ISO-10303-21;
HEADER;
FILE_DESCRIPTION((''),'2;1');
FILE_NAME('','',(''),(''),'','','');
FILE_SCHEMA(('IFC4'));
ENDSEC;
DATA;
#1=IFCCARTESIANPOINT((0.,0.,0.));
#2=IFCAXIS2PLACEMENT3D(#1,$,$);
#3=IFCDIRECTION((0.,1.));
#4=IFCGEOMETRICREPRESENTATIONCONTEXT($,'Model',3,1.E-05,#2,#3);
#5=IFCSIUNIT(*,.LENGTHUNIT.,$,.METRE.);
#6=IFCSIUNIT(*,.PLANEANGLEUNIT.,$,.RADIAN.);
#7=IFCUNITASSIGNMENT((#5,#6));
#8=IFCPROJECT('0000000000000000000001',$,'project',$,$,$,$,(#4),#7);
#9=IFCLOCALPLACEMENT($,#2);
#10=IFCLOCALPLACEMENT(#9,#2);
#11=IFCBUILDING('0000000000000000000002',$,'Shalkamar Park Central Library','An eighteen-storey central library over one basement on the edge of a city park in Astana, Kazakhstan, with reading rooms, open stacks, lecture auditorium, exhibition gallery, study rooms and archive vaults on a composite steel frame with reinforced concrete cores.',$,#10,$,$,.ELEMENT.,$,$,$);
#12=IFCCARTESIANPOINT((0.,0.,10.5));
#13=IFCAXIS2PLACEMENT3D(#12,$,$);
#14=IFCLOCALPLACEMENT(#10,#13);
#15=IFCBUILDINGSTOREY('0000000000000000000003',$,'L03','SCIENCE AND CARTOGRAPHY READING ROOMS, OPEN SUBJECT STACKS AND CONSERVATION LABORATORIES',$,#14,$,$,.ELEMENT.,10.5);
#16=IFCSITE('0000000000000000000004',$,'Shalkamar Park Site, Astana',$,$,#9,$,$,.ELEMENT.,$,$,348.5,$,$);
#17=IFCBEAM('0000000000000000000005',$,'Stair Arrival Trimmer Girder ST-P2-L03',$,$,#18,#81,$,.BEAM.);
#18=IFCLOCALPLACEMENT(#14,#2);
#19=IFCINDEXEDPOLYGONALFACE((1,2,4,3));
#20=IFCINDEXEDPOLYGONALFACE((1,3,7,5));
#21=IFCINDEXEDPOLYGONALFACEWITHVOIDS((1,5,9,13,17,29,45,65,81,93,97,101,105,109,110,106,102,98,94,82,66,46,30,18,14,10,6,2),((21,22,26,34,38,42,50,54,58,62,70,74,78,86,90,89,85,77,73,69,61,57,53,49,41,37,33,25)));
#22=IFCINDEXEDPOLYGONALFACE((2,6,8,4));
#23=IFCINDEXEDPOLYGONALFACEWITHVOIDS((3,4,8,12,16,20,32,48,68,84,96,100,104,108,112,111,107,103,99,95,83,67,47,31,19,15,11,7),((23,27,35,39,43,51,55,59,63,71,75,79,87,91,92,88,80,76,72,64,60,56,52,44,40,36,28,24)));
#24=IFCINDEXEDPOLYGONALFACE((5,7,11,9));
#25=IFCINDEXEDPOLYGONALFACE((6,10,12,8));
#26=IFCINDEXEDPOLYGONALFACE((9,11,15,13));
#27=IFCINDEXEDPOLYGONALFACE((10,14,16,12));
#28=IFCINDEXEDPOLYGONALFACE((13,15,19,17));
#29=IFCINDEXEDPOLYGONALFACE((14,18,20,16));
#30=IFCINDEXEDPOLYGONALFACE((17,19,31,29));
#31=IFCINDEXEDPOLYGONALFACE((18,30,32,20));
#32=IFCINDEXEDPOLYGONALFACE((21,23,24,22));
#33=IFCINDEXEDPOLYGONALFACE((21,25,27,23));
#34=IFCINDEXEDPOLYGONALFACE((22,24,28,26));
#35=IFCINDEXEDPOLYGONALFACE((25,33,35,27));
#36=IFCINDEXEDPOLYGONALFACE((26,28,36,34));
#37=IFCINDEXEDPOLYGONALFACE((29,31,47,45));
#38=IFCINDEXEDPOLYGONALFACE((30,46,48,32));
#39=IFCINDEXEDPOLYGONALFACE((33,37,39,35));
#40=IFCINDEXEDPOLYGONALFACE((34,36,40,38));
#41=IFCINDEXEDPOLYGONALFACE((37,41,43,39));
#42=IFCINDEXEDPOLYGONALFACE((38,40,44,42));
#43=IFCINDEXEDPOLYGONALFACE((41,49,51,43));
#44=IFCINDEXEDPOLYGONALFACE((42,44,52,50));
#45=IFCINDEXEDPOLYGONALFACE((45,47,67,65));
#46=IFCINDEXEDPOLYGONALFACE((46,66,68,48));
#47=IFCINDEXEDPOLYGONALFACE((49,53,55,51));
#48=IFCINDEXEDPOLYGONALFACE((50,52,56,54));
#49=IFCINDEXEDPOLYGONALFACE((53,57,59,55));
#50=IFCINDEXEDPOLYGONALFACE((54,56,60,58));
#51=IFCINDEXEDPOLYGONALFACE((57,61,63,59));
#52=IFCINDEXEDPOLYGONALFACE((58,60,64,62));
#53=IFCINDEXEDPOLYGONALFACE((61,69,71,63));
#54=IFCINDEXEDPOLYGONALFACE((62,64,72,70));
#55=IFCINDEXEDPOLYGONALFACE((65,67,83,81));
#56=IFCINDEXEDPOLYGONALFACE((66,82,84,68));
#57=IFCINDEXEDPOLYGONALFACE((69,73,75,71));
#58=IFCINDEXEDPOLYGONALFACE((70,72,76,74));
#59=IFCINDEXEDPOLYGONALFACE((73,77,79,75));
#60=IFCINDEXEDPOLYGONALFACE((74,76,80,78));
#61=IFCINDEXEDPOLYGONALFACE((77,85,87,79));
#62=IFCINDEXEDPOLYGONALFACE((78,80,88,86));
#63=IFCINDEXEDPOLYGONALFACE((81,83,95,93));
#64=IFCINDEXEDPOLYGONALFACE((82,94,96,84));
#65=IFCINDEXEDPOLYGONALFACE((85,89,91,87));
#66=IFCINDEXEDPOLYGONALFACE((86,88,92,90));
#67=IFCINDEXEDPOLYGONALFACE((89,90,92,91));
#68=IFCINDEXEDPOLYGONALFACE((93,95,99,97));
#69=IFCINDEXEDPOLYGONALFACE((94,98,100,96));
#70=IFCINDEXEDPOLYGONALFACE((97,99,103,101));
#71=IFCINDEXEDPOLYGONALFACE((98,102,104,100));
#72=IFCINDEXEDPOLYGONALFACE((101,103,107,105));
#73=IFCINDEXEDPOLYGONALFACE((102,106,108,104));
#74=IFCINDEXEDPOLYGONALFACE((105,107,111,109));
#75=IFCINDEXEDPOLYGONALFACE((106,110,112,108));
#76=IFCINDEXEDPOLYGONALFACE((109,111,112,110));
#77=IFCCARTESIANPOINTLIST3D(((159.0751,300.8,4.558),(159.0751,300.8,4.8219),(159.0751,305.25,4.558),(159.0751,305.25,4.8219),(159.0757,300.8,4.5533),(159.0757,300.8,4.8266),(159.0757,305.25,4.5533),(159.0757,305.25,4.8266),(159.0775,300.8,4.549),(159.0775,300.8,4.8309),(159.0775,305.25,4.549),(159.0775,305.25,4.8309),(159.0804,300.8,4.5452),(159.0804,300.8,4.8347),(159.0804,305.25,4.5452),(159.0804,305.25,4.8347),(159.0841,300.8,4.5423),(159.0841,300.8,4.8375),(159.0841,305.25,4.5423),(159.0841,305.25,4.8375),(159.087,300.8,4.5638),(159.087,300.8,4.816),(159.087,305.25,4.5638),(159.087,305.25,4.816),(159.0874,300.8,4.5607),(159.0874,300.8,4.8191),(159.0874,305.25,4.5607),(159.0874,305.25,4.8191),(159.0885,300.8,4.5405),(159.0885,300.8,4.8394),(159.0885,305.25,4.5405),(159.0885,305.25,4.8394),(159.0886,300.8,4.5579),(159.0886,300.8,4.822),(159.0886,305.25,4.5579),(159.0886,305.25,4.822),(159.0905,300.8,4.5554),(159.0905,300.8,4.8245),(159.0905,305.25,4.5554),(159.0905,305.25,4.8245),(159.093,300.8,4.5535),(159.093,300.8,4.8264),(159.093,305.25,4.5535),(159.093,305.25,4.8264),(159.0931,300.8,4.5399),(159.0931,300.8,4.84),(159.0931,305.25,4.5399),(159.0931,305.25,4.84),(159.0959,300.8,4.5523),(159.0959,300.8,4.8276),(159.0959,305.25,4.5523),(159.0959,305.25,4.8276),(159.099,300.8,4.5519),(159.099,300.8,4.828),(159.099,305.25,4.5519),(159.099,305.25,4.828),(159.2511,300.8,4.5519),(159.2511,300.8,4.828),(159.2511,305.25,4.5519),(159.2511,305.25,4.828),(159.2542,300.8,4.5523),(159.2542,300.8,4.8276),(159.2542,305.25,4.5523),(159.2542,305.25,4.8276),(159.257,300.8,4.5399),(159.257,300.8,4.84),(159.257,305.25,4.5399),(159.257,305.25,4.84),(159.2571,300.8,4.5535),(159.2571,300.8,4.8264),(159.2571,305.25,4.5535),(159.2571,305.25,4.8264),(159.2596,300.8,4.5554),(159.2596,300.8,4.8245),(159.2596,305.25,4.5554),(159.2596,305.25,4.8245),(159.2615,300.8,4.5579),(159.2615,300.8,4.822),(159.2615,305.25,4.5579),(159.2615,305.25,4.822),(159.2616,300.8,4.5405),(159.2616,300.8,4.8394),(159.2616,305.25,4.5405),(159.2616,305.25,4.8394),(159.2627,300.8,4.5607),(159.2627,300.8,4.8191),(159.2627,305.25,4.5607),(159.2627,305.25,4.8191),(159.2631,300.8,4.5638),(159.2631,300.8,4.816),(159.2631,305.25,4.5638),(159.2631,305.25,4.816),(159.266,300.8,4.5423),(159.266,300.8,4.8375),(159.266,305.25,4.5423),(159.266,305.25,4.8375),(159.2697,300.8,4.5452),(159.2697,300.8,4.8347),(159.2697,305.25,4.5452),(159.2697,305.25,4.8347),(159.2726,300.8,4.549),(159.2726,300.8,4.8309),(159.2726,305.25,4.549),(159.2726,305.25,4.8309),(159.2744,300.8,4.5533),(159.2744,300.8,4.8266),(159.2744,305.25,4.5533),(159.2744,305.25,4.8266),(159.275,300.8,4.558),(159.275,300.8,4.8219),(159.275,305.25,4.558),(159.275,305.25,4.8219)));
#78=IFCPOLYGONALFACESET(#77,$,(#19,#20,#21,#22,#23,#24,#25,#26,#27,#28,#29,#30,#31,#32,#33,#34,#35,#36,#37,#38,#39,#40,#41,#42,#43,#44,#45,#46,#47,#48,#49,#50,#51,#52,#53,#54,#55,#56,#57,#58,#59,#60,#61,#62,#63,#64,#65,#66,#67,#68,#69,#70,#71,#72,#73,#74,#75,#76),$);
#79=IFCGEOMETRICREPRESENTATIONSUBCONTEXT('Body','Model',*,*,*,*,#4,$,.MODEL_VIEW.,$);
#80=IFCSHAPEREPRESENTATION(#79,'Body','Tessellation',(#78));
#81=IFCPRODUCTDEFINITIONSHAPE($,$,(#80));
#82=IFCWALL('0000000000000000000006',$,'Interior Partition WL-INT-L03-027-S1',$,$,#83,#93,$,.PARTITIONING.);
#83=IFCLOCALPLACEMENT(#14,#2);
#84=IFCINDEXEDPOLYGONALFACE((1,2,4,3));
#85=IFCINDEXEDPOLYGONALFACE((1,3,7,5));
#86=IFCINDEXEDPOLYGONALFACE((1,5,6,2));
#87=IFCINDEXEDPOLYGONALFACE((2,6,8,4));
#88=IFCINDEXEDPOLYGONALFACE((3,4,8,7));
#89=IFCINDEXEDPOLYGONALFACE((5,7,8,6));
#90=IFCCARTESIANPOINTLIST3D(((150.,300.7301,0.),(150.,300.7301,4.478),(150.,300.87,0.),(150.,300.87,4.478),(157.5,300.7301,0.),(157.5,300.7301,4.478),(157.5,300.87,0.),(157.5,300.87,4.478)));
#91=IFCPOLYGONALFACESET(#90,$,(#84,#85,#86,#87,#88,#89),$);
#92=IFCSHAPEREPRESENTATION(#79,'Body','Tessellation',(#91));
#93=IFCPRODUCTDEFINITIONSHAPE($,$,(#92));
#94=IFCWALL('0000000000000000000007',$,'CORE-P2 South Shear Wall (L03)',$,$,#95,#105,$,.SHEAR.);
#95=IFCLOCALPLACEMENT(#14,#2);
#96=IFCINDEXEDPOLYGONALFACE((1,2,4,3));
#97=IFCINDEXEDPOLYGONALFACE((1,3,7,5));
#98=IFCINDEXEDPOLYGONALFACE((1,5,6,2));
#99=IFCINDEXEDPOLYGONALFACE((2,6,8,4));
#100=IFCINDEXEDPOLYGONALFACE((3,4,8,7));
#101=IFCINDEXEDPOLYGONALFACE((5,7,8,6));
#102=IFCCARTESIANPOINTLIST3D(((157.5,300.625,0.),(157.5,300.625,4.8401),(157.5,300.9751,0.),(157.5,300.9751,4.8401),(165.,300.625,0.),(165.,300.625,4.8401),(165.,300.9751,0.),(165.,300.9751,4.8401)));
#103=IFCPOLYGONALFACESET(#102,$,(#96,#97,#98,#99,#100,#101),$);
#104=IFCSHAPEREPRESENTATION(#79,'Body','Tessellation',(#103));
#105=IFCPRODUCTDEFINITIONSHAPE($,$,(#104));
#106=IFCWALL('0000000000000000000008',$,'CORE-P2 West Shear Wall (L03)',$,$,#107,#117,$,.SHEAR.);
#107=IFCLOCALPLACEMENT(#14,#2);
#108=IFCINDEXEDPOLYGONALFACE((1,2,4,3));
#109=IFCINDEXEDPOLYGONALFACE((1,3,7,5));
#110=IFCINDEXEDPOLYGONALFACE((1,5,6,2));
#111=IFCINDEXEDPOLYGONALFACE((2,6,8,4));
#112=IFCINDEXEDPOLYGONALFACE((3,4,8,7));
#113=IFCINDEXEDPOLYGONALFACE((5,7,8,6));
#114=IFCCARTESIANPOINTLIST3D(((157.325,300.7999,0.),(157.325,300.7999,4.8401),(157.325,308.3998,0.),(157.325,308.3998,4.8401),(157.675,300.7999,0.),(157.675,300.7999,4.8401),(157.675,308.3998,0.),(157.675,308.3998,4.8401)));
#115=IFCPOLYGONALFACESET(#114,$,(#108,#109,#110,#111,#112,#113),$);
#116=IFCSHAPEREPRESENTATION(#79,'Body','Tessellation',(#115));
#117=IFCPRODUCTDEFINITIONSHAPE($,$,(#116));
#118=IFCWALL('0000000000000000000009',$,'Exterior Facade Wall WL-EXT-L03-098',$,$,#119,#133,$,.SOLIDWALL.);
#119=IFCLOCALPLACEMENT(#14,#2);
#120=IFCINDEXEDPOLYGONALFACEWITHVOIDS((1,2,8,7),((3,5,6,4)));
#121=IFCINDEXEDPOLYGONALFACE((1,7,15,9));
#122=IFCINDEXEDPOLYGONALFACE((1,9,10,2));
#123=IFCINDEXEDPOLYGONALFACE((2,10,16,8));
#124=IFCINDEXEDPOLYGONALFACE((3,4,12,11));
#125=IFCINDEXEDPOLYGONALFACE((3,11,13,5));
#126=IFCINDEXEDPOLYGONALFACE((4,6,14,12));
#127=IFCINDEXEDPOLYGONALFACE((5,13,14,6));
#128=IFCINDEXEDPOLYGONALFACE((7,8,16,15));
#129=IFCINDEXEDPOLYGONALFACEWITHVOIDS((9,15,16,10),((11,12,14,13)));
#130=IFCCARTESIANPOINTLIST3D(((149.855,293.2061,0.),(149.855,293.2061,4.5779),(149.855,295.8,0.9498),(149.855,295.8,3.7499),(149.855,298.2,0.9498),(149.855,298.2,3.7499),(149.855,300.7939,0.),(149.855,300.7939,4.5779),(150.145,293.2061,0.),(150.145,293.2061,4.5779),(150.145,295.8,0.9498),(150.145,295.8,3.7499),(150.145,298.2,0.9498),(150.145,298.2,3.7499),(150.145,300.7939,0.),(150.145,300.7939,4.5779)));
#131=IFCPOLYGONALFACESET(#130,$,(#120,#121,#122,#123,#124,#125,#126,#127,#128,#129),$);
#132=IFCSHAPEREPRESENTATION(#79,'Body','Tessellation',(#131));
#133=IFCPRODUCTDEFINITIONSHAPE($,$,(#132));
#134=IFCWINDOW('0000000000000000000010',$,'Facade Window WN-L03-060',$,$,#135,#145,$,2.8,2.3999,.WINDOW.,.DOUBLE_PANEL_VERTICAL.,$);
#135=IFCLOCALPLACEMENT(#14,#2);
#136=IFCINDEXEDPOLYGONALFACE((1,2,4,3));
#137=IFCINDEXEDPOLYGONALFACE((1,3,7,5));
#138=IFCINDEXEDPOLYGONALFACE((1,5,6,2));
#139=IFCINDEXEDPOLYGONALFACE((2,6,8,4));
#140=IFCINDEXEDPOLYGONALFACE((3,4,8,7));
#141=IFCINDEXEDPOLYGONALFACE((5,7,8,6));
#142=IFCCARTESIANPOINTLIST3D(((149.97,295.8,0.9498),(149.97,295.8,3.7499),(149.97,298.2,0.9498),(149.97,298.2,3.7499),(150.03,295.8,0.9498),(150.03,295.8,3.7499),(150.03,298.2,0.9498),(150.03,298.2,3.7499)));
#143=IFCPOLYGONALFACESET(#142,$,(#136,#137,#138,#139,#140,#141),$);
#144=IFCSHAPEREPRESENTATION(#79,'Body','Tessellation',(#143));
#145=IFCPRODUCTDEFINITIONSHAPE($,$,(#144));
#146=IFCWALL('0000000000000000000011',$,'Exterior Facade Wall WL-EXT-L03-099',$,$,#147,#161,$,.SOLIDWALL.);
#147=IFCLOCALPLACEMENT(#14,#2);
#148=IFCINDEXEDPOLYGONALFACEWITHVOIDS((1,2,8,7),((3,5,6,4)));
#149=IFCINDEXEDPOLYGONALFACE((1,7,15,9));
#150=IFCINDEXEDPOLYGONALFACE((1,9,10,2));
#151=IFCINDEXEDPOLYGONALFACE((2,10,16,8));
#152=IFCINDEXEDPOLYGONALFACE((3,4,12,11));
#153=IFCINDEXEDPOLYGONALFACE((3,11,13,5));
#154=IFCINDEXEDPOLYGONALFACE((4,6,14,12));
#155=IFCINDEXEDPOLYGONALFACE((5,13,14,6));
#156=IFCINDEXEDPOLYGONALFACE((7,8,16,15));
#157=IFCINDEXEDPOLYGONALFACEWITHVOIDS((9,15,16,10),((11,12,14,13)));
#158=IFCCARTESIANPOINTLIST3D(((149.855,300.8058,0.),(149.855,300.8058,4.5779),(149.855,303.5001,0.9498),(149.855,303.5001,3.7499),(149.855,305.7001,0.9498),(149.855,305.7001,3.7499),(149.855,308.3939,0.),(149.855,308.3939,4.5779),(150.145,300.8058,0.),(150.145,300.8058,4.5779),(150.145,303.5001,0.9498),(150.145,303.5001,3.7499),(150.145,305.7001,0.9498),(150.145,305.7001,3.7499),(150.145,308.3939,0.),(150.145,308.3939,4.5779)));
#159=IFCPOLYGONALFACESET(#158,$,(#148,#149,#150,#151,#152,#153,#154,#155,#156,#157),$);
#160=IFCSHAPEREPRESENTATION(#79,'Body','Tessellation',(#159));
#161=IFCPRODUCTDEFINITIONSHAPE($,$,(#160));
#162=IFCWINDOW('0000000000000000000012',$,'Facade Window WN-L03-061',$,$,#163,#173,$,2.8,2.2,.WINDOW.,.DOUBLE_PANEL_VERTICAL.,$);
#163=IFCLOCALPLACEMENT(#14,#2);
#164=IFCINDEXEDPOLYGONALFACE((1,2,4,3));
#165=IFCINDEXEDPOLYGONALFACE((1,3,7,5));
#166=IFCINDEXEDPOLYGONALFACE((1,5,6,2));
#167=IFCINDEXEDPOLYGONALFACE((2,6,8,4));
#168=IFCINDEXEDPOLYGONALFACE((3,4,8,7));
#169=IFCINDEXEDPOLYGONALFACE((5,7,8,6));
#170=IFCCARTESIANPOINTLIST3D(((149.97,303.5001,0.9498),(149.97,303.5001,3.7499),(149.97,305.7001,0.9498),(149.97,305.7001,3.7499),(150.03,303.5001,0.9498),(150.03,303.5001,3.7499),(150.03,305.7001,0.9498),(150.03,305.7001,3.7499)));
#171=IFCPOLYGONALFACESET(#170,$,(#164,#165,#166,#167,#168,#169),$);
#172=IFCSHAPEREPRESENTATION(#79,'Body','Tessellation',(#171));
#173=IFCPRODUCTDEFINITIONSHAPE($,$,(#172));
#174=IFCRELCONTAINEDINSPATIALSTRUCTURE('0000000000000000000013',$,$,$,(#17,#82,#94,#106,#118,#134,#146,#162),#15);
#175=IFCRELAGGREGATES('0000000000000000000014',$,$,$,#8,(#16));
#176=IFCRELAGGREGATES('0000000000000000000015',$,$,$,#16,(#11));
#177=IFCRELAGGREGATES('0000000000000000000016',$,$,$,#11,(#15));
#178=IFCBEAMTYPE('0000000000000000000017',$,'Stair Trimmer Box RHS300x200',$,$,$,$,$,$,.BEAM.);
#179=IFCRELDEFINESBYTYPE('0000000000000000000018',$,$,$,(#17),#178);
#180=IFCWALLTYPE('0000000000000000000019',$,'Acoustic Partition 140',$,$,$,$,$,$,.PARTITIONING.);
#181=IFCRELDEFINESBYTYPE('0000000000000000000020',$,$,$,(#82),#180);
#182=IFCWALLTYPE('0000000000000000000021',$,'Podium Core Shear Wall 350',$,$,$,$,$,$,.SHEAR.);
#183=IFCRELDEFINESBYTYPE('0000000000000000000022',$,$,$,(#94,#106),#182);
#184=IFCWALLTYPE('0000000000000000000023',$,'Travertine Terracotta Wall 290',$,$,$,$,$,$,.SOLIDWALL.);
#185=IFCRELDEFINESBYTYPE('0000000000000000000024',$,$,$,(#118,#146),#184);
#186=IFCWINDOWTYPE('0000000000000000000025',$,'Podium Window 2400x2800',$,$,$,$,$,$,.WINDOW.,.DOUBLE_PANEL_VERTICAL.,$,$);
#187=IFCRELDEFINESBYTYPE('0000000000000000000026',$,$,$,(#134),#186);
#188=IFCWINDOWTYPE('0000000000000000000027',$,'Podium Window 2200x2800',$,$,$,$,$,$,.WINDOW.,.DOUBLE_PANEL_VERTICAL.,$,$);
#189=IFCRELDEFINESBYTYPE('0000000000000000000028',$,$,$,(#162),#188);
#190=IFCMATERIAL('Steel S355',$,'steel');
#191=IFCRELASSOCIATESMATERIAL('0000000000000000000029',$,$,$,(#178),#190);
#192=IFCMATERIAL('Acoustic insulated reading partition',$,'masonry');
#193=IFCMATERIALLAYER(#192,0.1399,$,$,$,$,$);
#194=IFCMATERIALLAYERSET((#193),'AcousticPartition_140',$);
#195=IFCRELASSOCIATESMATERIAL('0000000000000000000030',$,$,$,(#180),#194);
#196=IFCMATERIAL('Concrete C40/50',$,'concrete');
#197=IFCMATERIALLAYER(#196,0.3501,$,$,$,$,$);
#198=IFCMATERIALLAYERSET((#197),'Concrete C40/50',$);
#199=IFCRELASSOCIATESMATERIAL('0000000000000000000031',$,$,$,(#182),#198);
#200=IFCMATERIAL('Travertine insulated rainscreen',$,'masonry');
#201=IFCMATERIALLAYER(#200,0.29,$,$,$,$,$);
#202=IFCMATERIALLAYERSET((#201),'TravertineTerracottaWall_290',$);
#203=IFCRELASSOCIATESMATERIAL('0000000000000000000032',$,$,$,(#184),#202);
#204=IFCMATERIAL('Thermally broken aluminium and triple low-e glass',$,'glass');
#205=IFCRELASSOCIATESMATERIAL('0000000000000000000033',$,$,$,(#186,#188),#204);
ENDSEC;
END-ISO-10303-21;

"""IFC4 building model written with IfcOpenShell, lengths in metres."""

from ifc_helpers import new_model, si_unit, direction, frame, frame_2d, origin, origin_2d, place, context, subcontext, project, spatial, rectangle, hollow_rectangle, extrude, material, layer, layer_set, material_profile, profile_set, type_object, element, fill, save


model = new_model("IFC4")

# Units and contexts
model_context = context("Model", 3, precision=1e-05, world=origin(), true_north=direction((0.0, 1.0)))
body_context = subcontext(model_context, "Body", "Model", "MODEL_VIEW")
ifc_project = project(units=[si_unit("LENGTHUNIT", "METRE"), si_unit("PLANEANGLEUNIT", "RADIAN")], contexts=[model_context])

# Site, building, storey
site_placement = place(None, origin())
site = spatial("IfcSite", under=ifc_project, at=site_placement, Name="Shalkamar Park Site, Astana", CompositionType="ELEMENT", RefElevation=348.5)
building_placement = place(site_placement, origin())
building = spatial("IfcBuilding", under=site, at=building_placement, Name="Shalkamar Park Central Library", Description="An eighteen-storey central library over one basement on the edge of a city park in Astana, Kazakhstan, with reading rooms, open stacks, lecture auditorium, exhibition gallery, study rooms and archive vaults on a composite steel frame with reinforced concrete cores.", CompositionType="ELEMENT")
storey_placement = place(building_placement, frame((0.0, 0.0, 10.5)))
storey = spatial("IfcBuildingStorey", under=building, at=storey_placement, Name="L03", Description="SCIENCE AND CARTOGRAPHY READING ROOMS, OPEN SUBJECT STACKS AND CONSERVATION LABORATORIES", CompositionType="ELEMENT", Elevation=10.5)

# Shared definitions
ifc_material_1 = material(Name="Steel S355", Category="steel")

# Beam
ifc_material_profile_1 = material_profile(ifc_material_1, hollow_rectangle(XDim=0.2, YDim=0.3, WallThickness=0.012, InnerFilletRadius=0.012, OuterFilletRadius=0.0181, at=origin_2d()), Name="RHS 300x200x12")
ifc_profile_set_1 = profile_set([ifc_material_profile_1], Name="Steel S355")
beam_type_1 = type_object("IfcBeamType", Name="Stair Trimmer Box RHS300x200", PredefinedType="BEAM", material=ifc_profile_set_1)
beam_1_placement = place(storey_placement, frame((159.175, 300.8, 4.6899), z_axis=(0.0, 1.0, 0.0), x_axis=(-1.0, 0.0, 0.0)))
element("IfcBeam", 1, at=beam_1_placement, inside=storey, type_object=beam_type_1, Name="Stair Arrival Trimmer Girder ST-P2-L03", PredefinedType="BEAM", context=body_context, shape_type="SweptSolid", body=[
    extrude(hollow_rectangle(XDim=0.2, YDim=0.3, WallThickness=0.012, InnerFilletRadius=0.012, OuterFilletRadius=0.0181, at=origin_2d()), origin(), (0.0, 0.0, 1.0), 4.45),
])

# Walls
ifc_material_2 = material(Name="Acoustic insulated reading partition", Category="masonry")
ifc_layer_1 = layer(ifc_material_2, 0.1399)
ifc_layer_set_1 = layer_set([ifc_layer_1], Name="AcousticPartition_140")
wall_type_1 = type_object("IfcWallType", Name="Acoustic Partition 140", PredefinedType="PARTITIONING", material=ifc_layer_set_1)
wall_1_placement = place(storey_placement, frame((150.0, 300.8, 0.0), z_axis=(0.0, 0.0, 1.0), x_axis=(1.0, 0.0, 0.0)))
element("IfcWall", 2, at=wall_1_placement, inside=storey, type_object=wall_type_1, Name="Interior Partition WL-INT-L03-027-S1", PredefinedType="PARTITIONING", context=body_context, shape_type="SweptSolid", body=[
    extrude(rectangle(XDim=7.5, YDim=0.1399, at=frame_2d((3.75, 0.0))), origin(), (0.0, 0.0, 1.0), 4.478),
])
ifc_material_3 = material(Name="Concrete C40/50", Category="concrete")
ifc_layer_2 = layer(ifc_material_3, 0.3501)
ifc_layer_set_2 = layer_set([ifc_layer_2], Name="Concrete C40/50")
wall_type_2 = type_object("IfcWallType", Name="Podium Core Shear Wall 350", PredefinedType="SHEAR", material=ifc_layer_set_2)
wall_2_placement = place(storey_placement, frame((157.5, 300.8, 0.0), z_axis=(0.0, 0.0, 1.0), x_axis=(1.0, 0.0, 0.0)))
element("IfcWall", 3, at=wall_2_placement, inside=storey, type_object=wall_type_2, Name="CORE-P2 South Shear Wall (L03)", PredefinedType="SHEAR", context=body_context, shape_type="SweptSolid", body=[
    extrude(rectangle(XDim=7.5, YDim=0.3501, at=frame_2d((3.75, 0.0))), origin(), (0.0, 0.0, 1.0), 4.8401),
])
wall_3_placement = place(storey_placement, frame((157.5, 300.8, 0.0), z_axis=(0.0, 0.0, 1.0), x_axis=(0.0, 1.0, 0.0)))
element("IfcWall", 4, at=wall_3_placement, inside=storey, type_object=wall_type_2, Name="CORE-P2 West Shear Wall (L03)", PredefinedType="SHEAR", context=body_context, shape_type="SweptSolid", body=[
    extrude(rectangle(XDim=7.5999, YDim=0.3501, at=frame_2d((3.7998, 0.0))), origin(), (0.0, 0.0, 1.0), 4.8401),
])

# Walls, openings, windows
ifc_material_4 = material(Name="Travertine insulated rainscreen", Category="masonry")
ifc_layer_3 = layer(ifc_material_4, 0.29)
ifc_layer_set_3 = layer_set([ifc_layer_3], Name="TravertineTerracottaWall_290")
wall_type_3 = type_object("IfcWallType", Name="Travertine Terracotta Wall 290", PredefinedType="SOLIDWALL", material=ifc_layer_set_3)
wall_4_placement = place(storey_placement, frame((150.0, 293.2061, 0.0), z_axis=(0.0, 0.0, 1.0), x_axis=(0.0, 1.0, 0.0)))
wall_4 = element("IfcWall", 5, at=wall_4_placement, inside=storey, type_object=wall_type_3, Name="Exterior Facade Wall WL-EXT-L03-098", PredefinedType="SOLIDWALL", context=body_context, shape_type="SweptSolid", body=[
    extrude(rectangle(XDim=7.5879, YDim=0.29, at=frame_2d((3.7939, 0.0))), origin(), (0.0, 0.0, 1.0), 4.5779),
])
opening_1_placement = place(wall_4_placement, frame((2.594, 0.0, 0.95)))
opening_1 = element("IfcOpeningElement", 6, at=opening_1_placement, cuts=wall_4, PredefinedType="OPENING", context=body_context, shape_type="SweptSolid", body=[
    extrude(rectangle(XDim=2.3999, YDim=2.8, at=frame_2d((1.2, 1.3999))), frame((0.0, 0.1599, 0.0), z_axis=(0.0, -1.0, 0.0), x_axis=(1.0, 0.0, 0.0)), (0.0, 0.0, 1.0), 0.3198),
])
ifc_material_5 = material(Name="Thermally broken aluminium and triple low-e glass", Category="glass")
window_type_1 = type_object("IfcWindowType", Name="Podium Window 2400x2800", PartitioningType="DOUBLE_PANEL_VERTICAL", PredefinedType="WINDOW", material=ifc_material_5)
window_1_placement = place(opening_1_placement, origin())
window_1 = element("IfcWindow", 7, at=window_1_placement, inside=storey, type_object=window_type_1, Name="Facade Window WN-L03-060", OverallHeight=2.8, OverallWidth=2.3999, PartitioningType="DOUBLE_PANEL_VERTICAL", PredefinedType="WINDOW", context=body_context, shape_type="SweptSolid", body=[
    extrude(rectangle(XDim=2.3999, YDim=2.8, at=frame_2d((1.2, 1.3999))), frame((0.0, 0.03, 0.0), z_axis=(0.0, -1.0, 0.0), x_axis=(1.0, 0.0, 0.0)), (0.0, 0.0, 1.0), 0.0601),
])
fill(opening_1, window_1)
wall_5_placement = place(storey_placement, frame((150.0, 300.8059, 0.0), z_axis=(0.0, 0.0, 1.0), x_axis=(0.0, 1.0, 0.0)))
wall_5 = element("IfcWall", 8, at=wall_5_placement, inside=storey, type_object=wall_type_3, Name="Exterior Facade Wall WL-EXT-L03-099", PredefinedType="SOLIDWALL", context=body_context, shape_type="SweptSolid", body=[
    extrude(rectangle(XDim=7.5881, YDim=0.29, at=frame_2d((3.7939, 0.0))), origin(), (0.0, 0.0, 1.0), 4.5779),
])
opening_2_placement = place(wall_5_placement, frame((2.6941, 0.0, 0.95)))
opening_2 = element("IfcOpeningElement", 9, at=opening_2_placement, cuts=wall_5, PredefinedType="OPENING", context=body_context, shape_type="SweptSolid", body=[
    extrude(rectangle(XDim=2.2, YDim=2.8, at=frame_2d((1.1001, 1.3999))), frame((0.0, 0.1599, 0.0), z_axis=(0.0, -1.0, 0.0), x_axis=(1.0, 0.0, 0.0)), (0.0, 0.0, 1.0), 0.3198),
])
window_type_2 = type_object("IfcWindowType", Name="Podium Window 2200x2800", PartitioningType="DOUBLE_PANEL_VERTICAL", PredefinedType="WINDOW", material=ifc_material_5)
window_2_placement = place(opening_2_placement, origin())
window_2 = element("IfcWindow", 10, at=window_2_placement, inside=storey, type_object=window_type_2, Name="Facade Window WN-L03-061", OverallHeight=2.8, OverallWidth=2.2, PartitioningType="DOUBLE_PANEL_VERTICAL", PredefinedType="WINDOW", context=body_context, shape_type="SweptSolid", body=[
    extrude(rectangle(XDim=2.2, YDim=2.8, at=frame_2d((1.1001, 1.3999))), frame((0.0, 0.03, 0.0), z_axis=(0.0, -1.0, 0.0), x_axis=(1.0, 0.0, 0.0)), (0.0, 0.0, 1.0), 0.0601),
])
fill(opening_2, window_2)

save(model, "model.ifc")
